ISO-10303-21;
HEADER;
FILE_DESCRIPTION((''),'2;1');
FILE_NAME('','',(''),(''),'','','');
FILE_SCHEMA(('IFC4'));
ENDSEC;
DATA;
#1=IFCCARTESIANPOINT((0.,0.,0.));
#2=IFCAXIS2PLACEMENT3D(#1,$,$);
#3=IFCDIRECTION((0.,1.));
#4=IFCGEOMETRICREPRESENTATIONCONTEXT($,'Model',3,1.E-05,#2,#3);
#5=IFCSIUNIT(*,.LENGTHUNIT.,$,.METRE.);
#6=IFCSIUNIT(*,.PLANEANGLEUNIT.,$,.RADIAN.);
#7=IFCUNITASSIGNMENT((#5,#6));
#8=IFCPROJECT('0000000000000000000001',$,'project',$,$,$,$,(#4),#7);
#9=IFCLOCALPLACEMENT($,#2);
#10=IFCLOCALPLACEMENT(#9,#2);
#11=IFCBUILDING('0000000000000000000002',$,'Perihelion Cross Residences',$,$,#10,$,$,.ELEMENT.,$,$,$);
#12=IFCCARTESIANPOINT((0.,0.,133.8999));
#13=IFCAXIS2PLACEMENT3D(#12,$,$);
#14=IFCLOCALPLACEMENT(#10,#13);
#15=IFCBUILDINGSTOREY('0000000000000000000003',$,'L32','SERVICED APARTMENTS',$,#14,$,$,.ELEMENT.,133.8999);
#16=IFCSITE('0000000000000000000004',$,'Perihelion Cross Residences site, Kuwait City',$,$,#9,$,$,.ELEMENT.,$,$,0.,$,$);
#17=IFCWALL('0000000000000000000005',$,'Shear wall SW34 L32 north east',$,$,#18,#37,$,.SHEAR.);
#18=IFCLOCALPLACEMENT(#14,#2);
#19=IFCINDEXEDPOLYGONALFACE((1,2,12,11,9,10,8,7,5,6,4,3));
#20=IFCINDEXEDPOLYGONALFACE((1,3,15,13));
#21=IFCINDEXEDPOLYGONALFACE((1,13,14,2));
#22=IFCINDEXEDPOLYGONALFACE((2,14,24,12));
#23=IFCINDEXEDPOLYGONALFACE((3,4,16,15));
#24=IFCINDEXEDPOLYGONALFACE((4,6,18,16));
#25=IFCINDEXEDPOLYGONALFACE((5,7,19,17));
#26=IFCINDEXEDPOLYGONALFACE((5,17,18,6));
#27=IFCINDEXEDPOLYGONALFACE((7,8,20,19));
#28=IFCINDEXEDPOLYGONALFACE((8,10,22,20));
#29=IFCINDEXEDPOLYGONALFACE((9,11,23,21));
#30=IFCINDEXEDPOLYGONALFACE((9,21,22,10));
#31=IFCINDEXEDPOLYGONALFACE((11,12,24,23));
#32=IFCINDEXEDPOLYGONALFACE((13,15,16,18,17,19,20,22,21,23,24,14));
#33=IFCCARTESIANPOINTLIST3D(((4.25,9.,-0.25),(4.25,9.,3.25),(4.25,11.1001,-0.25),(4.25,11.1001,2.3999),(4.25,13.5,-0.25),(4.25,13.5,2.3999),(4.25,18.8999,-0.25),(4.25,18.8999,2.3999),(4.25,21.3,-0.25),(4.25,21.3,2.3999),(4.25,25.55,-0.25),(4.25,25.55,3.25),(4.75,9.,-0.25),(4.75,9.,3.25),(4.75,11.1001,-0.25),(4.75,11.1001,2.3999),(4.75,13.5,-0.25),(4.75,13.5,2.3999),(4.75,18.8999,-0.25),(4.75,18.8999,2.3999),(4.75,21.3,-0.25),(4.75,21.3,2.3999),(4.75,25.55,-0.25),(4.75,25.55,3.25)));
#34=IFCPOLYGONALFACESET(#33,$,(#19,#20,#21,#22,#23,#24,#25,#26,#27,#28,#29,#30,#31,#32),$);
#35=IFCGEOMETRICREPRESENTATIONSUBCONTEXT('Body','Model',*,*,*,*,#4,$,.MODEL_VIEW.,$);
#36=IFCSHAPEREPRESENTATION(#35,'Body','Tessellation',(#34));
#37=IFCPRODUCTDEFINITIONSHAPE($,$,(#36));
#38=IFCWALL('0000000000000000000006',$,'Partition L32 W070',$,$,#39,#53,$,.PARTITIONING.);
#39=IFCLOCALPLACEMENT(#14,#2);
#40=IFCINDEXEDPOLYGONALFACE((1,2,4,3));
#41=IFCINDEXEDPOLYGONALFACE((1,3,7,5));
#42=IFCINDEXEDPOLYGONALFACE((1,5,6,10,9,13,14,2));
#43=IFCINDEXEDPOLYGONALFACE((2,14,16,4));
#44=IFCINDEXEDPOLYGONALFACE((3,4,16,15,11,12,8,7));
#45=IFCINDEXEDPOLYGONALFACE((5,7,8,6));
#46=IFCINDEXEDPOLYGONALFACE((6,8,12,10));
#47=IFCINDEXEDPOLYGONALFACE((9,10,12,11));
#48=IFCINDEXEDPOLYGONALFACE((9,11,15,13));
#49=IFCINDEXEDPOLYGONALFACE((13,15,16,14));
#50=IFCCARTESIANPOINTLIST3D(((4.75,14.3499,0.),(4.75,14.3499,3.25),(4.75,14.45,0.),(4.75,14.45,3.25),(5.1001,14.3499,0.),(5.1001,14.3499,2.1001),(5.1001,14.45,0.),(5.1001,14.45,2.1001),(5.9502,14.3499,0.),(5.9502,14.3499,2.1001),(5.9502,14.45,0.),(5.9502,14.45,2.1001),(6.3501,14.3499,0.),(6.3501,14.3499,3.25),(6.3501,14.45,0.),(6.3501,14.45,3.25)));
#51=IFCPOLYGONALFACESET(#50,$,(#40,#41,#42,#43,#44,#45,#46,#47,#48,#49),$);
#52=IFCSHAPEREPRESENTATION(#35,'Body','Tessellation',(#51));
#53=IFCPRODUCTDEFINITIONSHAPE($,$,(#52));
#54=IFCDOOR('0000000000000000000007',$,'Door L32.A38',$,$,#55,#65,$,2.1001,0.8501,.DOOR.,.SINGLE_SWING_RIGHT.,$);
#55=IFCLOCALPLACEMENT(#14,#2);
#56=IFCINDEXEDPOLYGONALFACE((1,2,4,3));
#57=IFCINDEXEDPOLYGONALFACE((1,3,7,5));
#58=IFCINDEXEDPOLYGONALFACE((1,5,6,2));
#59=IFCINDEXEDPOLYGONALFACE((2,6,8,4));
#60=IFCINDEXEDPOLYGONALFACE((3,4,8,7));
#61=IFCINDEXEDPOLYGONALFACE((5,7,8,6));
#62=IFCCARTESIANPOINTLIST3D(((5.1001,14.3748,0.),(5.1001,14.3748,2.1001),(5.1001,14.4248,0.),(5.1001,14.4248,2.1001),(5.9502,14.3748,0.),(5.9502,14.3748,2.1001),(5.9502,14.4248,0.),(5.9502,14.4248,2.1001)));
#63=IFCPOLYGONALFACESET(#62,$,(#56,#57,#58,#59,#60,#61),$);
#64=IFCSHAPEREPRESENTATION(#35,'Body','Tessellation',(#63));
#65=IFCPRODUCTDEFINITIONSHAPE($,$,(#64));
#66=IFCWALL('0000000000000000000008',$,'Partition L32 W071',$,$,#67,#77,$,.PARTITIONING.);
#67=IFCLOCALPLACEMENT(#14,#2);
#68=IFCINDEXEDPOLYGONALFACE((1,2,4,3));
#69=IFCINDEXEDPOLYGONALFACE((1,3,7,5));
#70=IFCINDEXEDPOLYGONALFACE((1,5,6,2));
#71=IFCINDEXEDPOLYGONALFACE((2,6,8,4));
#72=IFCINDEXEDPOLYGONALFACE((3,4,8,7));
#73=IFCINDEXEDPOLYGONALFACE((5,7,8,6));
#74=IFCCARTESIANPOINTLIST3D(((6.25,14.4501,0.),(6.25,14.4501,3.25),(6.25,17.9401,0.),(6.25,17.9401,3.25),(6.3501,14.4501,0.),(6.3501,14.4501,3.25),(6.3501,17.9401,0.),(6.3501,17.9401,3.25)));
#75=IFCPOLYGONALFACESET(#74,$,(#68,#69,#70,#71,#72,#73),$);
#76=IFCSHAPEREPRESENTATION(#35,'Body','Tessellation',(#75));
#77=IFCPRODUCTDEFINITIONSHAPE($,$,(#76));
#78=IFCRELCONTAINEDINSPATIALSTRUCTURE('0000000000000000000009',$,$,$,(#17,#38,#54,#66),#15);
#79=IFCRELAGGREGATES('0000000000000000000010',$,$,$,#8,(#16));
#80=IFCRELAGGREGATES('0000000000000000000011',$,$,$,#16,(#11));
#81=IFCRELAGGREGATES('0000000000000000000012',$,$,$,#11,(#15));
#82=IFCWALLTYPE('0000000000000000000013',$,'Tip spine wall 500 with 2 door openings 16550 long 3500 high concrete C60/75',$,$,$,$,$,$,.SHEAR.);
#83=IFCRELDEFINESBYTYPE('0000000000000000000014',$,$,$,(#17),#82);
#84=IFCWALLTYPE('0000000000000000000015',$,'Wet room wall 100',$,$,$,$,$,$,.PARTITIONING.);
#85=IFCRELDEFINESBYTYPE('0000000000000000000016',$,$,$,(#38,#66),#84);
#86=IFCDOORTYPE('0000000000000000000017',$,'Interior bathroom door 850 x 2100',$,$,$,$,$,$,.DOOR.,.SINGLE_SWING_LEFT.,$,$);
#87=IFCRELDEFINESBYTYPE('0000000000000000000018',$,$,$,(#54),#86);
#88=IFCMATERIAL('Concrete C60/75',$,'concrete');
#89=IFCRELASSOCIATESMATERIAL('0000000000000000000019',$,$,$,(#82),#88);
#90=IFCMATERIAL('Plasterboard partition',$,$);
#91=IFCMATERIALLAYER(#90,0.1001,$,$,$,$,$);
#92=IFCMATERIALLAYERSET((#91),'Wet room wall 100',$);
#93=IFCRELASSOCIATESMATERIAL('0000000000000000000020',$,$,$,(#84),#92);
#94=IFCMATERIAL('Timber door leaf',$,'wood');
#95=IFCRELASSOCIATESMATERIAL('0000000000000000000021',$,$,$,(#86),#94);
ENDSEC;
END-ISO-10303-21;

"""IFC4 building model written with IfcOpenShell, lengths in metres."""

from ifc_helpers import new_model, si_unit, direction, frame, frame_2d, origin, place, context, subcontext, project, spatial, polyline, rectangle, outline, extrude, material, layer, layer_set, material_profile, profile_set, type_object, element, fill, save


model = new_model("IFC4")

# Units and contexts
model_context = context("Model", 3, precision=1e-05, world=origin(), true_north=direction((0.0, 1.0)))
body_context = subcontext(model_context, "Body", "Model", "MODEL_VIEW")
ifc_project = project(units=[si_unit("LENGTHUNIT", "METRE"), si_unit("PLANEANGLEUNIT", "RADIAN")], contexts=[model_context])

# Site, building, storey
site_placement = place(None, origin())
site = spatial("IfcSite", under=ifc_project, at=site_placement, Name="Perihelion Cross Residences site, Kuwait City", CompositionType="ELEMENT", RefElevation=0.0)
building_placement = place(site_placement, origin())
building = spatial("IfcBuilding", under=site, at=building_placement, Name="Perihelion Cross Residences", CompositionType="ELEMENT")
storey_placement = place(building_placement, frame((0.0, 0.0, 133.8999)))
storey = spatial("IfcBuildingStorey", under=building, at=storey_placement, Name="L32", Description="SERVICED APARTMENTS", CompositionType="ELEMENT", Elevation=133.8999)

# Wall
ifc_material_1 = material(Name="Concrete C60/75", Category="concrete")
ifc_material_profile_1 = material_profile(ifc_material_1, outline(polyline([(0.0, 0.0), (2.1001, 0.0), (2.1001, 2.6499), (4.5, 2.6499), (4.5, 0.0), (9.8999, 0.0), (9.8999, 2.6499), (12.3, 2.6499), (12.3, 0.0), (16.55, 0.0), (16.55, 3.5), (0.0, 3.5), (0.0, 0.0)])), Name="Tip spine wall")
ifc_profile_set_1 = profile_set([ifc_material_profile_1], Name="Concrete C60/75")
wall_type_1 = type_object("IfcWallType", Name="Tip spine wall 500 with 2 door openings 16550 long 3500 high concrete C60/75", PredefinedType="SHEAR", material=ifc_profile_set_1)
wall_1_placement = place(storey_placement, frame((4.25, 9.0, -0.25), z_axis=(1.0, 0.0, 0.0), x_axis=(0.0, 1.0, 0.0)))
element("IfcWall", 1, at=wall_1_placement, inside=storey, type_object=wall_type_1, Name="Shear wall SW34 L32 north east", PredefinedType="SHEAR", context=body_context, shape_type="SweptSolid", body=[
    extrude(outline(polyline([(0.0, 0.0), (2.1001, 0.0), (2.1001, 2.6499), (4.5, 2.6499), (4.5, 0.0), (9.8999, 0.0), (9.8999, 2.6499), (12.3, 2.6499), (12.3, 0.0), (16.55, 0.0), (16.55, 3.5), (0.0, 3.5), (0.0, 0.0)])), origin(), (0.0, 0.0, 1.0), 0.5),
])

# Wall, opening, door
ifc_material_2 = material(Name="Plasterboard partition")
ifc_layer_1 = layer(ifc_material_2, 0.1001)
ifc_layer_set_1 = layer_set([ifc_layer_1], Name="Wet room wall 100")
wall_type_2 = type_object("IfcWallType", Name="Wet room wall 100", PredefinedType="PARTITIONING", material=ifc_layer_set_1)
wall_2_placement = place(storey_placement, frame((4.75, 14.3999, 0.0), z_axis=(0.0, 0.0, 1.0), x_axis=(1.0, 0.0, 0.0)))
wall_2 = element("IfcWall", 2, at=wall_2_placement, inside=storey, type_object=wall_type_2, Name="Partition L32 W070", PredefinedType="PARTITIONING", context=body_context, shape_type="SweptSolid", body=[
    extrude(rectangle(XDim=1.6001, YDim=0.1001, at=frame_2d((0.8, 0.0))), origin(), (0.0, 0.0, 1.0), 3.25),
])
opening_1_placement = place(wall_2_placement, frame((0.3501, 0.0, 0.0)))
opening_1 = element("IfcOpeningElement", 3, at=opening_1_placement, cuts=wall_2, PredefinedType="OPENING", context=body_context, shape_type="SweptSolid", body=[
    extrude(rectangle(XDim=0.8501, YDim=2.1001, at=frame_2d((0.425, 1.05))), frame((0.0, 0.0601, 0.0), z_axis=(0.0, -1.0, 0.0), x_axis=(1.0, 0.0, 0.0)), (0.0, 0.0, 1.0), 0.1201),
])
ifc_material_3 = material(Name="Timber door leaf", Category="wood")
door_type_1 = type_object("IfcDoorType", Name="Interior bathroom door 850 x 2100", OperationType="SINGLE_SWING_LEFT", PredefinedType="DOOR", material=ifc_material_3)
door_1_placement = place(opening_1_placement, origin())
door_1 = element("IfcDoor", 4, at=door_1_placement, inside=storey, type_object=door_type_1, Name="Door L32.A38", OperationType="SINGLE_SWING_RIGHT", OverallHeight=2.1001, OverallWidth=0.8501, PredefinedType="DOOR", context=body_context, shape_type="SweptSolid", body=[
    extrude(rectangle(XDim=0.8501, YDim=2.1001, at=frame_2d((0.425, 1.05))), frame((0.0, 0.0249, 0.0), z_axis=(0.0, -1.0, 0.0), x_axis=(1.0, 0.0, 0.0)), (0.0, 0.0, 1.0), 0.05),
])
fill(opening_1, door_1)

# Wall
wall_3_placement = place(storey_placement, frame((6.3, 14.45, 0.0), z_axis=(0.0, 0.0, 1.0), x_axis=(0.0, 1.0, 0.0)))
element("IfcWall", 5, at=wall_3_placement, inside=storey, type_object=wall_type_2, Name="Partition L32 W071", PredefinedType="PARTITIONING", context=body_context, shape_type="SweptSolid", body=[
    extrude(rectangle(XDim=3.49, YDim=0.1001, at=frame_2d((1.7451, 0.0))), origin(), (0.0, 0.0, 1.0), 3.25),
])

save(model, "model.ifc")
